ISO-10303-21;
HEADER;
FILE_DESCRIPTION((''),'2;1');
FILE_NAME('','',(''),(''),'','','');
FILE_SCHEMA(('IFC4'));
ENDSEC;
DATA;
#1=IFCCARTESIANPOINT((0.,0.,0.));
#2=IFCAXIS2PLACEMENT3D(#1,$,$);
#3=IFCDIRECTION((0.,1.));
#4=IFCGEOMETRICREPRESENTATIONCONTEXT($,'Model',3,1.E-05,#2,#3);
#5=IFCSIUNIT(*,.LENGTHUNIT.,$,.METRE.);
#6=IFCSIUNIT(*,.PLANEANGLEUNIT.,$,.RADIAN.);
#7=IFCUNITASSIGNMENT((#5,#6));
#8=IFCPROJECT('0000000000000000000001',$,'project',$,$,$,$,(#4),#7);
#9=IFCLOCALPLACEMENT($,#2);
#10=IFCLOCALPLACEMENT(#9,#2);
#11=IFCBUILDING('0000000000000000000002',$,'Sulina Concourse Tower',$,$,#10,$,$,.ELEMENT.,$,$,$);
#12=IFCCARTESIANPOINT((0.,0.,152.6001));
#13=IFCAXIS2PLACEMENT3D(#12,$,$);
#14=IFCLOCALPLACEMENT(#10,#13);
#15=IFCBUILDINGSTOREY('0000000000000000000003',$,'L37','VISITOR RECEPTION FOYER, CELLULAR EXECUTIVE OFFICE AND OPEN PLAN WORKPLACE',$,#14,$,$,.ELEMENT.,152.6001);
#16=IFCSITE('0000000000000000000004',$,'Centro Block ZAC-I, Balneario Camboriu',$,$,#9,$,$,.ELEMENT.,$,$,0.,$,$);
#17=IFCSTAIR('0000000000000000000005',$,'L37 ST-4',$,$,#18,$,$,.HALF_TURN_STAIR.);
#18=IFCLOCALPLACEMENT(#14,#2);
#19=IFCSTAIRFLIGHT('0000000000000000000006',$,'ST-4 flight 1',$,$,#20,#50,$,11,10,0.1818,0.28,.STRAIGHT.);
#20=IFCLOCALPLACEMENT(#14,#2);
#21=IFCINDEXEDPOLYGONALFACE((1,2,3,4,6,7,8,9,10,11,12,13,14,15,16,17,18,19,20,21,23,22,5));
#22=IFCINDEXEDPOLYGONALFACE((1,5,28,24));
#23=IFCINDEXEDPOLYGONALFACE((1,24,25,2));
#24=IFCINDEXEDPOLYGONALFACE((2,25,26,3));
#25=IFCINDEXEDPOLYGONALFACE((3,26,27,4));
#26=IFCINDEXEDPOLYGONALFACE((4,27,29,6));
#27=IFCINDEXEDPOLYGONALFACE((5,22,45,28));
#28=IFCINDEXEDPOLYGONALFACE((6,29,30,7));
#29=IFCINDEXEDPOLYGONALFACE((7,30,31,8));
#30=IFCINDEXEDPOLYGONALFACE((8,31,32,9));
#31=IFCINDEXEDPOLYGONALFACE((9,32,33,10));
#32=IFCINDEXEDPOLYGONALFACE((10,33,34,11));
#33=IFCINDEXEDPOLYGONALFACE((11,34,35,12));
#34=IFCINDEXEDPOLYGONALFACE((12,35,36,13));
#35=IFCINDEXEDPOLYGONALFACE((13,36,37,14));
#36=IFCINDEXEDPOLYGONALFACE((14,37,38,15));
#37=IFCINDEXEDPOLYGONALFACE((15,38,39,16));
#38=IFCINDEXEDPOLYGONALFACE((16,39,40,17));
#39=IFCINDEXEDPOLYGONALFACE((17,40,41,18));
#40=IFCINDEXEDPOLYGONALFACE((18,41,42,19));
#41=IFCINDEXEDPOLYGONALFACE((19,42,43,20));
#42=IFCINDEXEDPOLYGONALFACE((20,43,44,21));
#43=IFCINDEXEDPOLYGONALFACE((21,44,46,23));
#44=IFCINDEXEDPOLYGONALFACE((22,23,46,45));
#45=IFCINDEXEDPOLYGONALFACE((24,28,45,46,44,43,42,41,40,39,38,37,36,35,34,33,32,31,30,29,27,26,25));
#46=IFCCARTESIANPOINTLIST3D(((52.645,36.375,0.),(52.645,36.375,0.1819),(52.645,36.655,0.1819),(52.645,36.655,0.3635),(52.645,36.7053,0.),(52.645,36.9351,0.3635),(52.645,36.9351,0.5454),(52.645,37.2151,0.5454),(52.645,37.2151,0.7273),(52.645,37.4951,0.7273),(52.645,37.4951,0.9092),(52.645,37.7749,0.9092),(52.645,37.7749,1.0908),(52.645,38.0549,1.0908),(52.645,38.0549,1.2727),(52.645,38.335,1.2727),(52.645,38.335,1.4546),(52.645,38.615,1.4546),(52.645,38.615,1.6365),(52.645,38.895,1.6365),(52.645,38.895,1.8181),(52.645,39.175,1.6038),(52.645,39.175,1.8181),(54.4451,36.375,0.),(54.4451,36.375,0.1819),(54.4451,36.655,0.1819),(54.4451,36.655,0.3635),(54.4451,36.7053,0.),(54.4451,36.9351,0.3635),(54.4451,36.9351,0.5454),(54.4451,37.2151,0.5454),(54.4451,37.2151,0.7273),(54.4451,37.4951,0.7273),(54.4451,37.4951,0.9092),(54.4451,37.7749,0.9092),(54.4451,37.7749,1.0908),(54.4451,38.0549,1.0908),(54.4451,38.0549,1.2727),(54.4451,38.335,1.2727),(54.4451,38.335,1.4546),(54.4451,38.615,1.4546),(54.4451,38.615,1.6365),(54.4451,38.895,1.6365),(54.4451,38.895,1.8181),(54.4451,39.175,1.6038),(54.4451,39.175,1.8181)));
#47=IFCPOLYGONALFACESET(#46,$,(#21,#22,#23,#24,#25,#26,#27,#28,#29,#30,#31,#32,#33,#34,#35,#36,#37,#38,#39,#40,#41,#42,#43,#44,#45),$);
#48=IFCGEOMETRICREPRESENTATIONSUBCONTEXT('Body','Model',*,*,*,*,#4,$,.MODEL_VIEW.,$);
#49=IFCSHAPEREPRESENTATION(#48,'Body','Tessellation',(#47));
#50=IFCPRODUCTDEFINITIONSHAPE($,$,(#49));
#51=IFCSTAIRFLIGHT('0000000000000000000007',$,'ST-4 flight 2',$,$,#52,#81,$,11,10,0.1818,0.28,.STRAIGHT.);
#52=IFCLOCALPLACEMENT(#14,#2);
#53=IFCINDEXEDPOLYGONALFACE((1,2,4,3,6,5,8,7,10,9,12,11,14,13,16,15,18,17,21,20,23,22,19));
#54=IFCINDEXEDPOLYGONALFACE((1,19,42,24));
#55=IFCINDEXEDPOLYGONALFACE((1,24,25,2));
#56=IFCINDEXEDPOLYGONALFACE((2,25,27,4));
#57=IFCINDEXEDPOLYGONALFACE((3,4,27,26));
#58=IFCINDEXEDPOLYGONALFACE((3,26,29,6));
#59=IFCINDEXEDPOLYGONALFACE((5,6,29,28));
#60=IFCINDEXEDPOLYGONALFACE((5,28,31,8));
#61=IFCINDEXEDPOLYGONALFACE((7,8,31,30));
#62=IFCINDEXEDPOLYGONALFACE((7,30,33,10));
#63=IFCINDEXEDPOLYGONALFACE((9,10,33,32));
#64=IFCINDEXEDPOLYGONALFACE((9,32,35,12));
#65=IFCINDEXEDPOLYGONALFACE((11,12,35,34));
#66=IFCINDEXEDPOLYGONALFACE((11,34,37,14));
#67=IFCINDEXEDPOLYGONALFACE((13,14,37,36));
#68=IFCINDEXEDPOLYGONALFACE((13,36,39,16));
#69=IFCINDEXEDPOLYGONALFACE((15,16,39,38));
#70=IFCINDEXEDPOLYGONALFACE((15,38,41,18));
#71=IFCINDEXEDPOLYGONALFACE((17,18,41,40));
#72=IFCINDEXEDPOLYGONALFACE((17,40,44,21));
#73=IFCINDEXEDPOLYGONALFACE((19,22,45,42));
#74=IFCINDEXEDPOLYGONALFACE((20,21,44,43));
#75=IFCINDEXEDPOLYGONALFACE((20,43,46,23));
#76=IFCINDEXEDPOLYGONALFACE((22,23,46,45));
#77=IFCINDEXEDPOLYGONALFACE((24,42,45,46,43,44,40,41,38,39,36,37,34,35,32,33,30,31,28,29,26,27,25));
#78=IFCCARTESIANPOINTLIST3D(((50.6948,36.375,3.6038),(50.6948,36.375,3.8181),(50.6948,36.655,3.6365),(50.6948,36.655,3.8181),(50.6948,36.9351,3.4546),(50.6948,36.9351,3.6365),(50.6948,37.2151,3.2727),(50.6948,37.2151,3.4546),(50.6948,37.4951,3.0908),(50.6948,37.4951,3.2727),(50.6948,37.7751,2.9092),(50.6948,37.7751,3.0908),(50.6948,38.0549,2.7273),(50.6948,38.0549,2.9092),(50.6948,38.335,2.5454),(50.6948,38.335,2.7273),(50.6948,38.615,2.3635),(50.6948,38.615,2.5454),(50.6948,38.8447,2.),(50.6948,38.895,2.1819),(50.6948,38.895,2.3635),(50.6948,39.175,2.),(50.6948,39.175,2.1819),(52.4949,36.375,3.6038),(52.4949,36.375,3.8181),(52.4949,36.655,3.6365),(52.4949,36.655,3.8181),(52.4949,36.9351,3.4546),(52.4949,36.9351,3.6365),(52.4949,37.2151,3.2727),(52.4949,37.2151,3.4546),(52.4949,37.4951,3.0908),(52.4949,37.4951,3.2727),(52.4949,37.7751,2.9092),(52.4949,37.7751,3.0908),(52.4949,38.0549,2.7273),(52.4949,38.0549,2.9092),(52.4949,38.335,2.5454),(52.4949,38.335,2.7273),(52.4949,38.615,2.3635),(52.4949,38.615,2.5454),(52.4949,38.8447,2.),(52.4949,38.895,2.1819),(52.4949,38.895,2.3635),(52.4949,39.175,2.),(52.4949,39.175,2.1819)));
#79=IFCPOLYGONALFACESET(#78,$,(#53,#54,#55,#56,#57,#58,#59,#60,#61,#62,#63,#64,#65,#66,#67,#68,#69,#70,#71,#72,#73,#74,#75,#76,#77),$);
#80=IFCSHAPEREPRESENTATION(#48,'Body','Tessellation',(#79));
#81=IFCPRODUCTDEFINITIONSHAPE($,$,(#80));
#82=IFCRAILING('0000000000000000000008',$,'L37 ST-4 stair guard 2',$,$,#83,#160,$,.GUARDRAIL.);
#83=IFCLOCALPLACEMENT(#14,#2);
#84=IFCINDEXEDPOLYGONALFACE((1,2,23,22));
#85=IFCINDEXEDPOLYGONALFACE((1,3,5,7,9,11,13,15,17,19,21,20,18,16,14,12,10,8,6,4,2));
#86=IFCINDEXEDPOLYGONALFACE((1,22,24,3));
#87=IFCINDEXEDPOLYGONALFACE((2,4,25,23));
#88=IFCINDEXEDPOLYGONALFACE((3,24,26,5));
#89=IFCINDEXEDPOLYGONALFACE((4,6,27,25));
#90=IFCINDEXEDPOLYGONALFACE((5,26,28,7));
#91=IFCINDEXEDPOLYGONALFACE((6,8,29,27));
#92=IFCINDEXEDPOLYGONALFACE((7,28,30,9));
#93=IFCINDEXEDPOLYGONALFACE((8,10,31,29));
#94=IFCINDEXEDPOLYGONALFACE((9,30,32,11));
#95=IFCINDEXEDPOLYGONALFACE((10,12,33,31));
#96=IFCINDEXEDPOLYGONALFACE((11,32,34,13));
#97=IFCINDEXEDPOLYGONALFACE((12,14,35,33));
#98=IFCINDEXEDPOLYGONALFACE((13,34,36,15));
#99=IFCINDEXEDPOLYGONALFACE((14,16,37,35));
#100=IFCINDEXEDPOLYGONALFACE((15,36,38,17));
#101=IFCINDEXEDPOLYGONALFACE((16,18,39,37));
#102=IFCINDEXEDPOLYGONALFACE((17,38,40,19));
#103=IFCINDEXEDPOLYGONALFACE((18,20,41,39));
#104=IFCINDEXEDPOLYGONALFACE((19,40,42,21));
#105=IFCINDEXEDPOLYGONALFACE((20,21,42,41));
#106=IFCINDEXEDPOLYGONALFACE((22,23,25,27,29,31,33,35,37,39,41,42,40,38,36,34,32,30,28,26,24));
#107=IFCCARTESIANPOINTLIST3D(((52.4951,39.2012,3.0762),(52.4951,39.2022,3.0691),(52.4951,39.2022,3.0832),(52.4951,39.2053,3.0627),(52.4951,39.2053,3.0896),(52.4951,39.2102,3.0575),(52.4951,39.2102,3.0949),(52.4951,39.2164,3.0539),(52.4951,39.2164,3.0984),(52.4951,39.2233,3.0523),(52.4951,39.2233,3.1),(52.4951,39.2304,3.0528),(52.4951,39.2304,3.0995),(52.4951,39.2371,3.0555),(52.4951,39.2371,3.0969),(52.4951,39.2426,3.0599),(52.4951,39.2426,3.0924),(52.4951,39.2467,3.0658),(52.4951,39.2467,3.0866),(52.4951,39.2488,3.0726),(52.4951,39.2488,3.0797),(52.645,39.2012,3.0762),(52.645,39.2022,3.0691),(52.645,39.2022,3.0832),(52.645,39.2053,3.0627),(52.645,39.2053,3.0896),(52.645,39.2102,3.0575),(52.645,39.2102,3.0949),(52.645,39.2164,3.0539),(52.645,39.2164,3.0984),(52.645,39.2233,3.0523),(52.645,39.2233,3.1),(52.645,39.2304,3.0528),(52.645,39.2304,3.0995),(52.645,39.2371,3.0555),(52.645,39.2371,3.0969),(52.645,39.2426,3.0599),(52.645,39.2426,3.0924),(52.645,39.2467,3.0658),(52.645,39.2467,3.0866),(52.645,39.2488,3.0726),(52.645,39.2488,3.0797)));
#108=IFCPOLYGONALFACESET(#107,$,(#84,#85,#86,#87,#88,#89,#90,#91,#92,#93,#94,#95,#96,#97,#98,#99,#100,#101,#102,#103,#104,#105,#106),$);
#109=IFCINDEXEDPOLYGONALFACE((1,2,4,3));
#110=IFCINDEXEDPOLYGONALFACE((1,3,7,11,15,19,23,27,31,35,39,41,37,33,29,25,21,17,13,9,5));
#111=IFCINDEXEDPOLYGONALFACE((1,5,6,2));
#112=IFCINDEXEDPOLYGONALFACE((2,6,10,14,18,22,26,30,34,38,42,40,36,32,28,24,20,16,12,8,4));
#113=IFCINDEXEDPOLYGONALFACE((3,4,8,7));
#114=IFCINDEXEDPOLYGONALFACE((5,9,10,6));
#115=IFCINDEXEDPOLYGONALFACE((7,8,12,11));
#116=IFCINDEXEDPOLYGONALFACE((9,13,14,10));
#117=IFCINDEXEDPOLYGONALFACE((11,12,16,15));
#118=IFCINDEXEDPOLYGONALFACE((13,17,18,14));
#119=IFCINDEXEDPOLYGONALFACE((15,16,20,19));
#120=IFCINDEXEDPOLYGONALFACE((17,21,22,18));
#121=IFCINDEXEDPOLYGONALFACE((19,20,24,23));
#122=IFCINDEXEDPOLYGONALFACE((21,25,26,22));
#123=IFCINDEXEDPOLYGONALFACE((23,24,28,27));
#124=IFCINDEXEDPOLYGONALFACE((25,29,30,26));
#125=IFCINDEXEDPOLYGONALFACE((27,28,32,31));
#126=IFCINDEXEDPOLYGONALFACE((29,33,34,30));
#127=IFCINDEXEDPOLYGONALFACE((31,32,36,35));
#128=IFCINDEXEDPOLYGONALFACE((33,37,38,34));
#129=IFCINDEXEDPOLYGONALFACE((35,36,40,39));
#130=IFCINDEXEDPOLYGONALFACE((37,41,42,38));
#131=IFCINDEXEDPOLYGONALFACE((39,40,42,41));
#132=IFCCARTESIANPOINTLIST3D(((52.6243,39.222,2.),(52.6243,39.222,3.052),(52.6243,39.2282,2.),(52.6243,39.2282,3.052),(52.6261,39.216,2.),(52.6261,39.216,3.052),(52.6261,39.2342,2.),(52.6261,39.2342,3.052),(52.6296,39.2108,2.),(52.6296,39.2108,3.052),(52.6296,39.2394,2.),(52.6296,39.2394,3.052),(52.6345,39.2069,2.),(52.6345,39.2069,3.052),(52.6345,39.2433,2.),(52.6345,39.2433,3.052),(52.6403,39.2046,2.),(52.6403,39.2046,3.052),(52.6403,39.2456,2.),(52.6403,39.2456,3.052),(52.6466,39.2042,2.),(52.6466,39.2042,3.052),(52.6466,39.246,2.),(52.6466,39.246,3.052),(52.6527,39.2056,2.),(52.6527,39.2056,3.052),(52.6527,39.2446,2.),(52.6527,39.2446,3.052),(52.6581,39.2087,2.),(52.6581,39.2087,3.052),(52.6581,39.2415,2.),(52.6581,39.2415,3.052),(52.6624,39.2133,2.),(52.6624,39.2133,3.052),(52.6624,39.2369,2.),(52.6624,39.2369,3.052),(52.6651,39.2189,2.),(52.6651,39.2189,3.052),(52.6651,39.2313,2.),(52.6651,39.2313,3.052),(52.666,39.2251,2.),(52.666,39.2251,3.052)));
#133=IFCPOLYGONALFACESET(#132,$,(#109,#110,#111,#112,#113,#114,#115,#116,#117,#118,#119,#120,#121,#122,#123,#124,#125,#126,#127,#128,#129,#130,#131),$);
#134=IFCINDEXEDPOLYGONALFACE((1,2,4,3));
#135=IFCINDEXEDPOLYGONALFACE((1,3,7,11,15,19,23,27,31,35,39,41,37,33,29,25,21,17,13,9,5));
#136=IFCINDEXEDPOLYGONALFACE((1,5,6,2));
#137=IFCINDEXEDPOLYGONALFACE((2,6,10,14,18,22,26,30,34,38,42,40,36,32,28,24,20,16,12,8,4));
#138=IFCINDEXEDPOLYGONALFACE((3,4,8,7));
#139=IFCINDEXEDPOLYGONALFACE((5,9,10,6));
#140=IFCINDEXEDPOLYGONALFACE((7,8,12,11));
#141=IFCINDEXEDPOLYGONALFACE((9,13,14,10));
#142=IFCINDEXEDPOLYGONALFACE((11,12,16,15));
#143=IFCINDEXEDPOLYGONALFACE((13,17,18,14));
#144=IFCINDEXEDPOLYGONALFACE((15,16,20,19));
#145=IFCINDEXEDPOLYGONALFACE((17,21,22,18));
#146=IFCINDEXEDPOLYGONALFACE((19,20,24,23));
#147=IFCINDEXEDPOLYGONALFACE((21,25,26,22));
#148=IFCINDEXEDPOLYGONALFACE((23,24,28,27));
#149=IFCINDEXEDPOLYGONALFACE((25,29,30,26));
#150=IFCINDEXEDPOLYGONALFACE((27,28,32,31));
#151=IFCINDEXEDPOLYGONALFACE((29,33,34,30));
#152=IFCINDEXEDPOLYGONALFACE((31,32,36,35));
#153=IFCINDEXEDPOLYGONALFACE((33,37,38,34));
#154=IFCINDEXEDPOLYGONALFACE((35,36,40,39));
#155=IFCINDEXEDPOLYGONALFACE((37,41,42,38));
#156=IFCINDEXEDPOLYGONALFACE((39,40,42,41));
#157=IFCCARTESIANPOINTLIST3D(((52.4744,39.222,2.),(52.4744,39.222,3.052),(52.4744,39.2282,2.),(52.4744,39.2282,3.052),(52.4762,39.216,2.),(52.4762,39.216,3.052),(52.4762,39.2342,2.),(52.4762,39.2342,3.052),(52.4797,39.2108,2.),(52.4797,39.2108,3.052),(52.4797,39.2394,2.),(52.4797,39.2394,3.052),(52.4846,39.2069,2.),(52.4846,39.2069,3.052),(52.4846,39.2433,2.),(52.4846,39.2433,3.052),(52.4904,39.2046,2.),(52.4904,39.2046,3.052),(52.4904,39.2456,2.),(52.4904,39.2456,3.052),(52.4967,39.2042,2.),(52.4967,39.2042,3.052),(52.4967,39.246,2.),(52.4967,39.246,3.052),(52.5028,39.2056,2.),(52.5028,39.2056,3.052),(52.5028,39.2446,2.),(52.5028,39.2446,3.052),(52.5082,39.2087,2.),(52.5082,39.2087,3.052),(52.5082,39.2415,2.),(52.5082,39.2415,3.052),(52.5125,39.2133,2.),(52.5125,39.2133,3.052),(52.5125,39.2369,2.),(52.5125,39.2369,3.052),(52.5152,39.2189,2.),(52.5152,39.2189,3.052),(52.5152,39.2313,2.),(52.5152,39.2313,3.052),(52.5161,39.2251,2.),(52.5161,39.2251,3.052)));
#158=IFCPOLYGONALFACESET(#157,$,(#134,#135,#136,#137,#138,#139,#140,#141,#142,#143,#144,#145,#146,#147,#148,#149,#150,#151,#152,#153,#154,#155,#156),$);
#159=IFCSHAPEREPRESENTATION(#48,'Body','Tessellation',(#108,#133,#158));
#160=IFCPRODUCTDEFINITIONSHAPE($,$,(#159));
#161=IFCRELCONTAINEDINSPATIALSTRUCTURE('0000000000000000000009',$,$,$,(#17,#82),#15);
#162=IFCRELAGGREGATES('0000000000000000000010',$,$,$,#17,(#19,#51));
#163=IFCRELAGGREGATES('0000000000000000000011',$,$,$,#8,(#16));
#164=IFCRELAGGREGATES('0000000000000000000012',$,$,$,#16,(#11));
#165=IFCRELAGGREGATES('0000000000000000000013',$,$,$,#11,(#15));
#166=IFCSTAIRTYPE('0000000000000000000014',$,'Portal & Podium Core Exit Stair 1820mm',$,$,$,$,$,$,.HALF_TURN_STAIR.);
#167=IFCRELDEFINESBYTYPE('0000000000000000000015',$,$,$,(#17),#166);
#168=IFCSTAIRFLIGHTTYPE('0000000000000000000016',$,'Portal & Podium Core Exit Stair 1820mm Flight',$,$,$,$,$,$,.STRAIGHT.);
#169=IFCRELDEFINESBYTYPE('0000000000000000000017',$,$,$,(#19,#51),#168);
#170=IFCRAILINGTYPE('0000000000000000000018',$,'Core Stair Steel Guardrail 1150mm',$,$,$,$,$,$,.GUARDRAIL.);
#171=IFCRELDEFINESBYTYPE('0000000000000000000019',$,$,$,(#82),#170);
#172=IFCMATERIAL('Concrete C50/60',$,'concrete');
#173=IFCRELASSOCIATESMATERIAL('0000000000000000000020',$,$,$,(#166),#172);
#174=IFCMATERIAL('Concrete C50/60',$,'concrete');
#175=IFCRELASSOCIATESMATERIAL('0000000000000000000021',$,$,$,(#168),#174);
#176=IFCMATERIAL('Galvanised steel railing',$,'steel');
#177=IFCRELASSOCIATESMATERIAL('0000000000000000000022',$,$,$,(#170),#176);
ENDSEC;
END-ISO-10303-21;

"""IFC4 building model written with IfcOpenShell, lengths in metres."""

from ifc_helpers import new_model, si_unit, direction, frame, origin, origin_2d, place, context, subcontext, project, spatial, polyline, circle, outline, extrude, material, type_object, element, aggregate, save


model = new_model("IFC4")

# Units and contexts
model_context = context("Model", 3, precision=1e-05, world=origin(), true_north=direction((0.0, 1.0)))
body_context = subcontext(model_context, "Body", "Model", "MODEL_VIEW")
ifc_project = project(units=[si_unit("LENGTHUNIT", "METRE"), si_unit("PLANEANGLEUNIT", "RADIAN")], contexts=[model_context])

# Site, building, storey
site_placement = place(None, origin())
site = spatial("IfcSite", under=ifc_project, at=site_placement, Name="Centro Block ZAC-I, Balneario Camboriu", CompositionType="ELEMENT", RefElevation=0.0)
building_placement = place(site_placement, origin())
building = spatial("IfcBuilding", under=site, at=building_placement, Name="Sulina Concourse Tower", CompositionType="ELEMENT")
storey_placement = place(building_placement, frame((0.0, 0.0, 152.6001)))
storey = spatial("IfcBuildingStorey", under=building, at=storey_placement, Name="L37", Description="VISITOR RECEPTION FOYER, CELLULAR EXECUTIVE OFFICE AND OPEN PLAN WORKPLACE", CompositionType="ELEMENT", Elevation=152.6001)

# Stair, stair flights
ifc_material_1 = material(Name="Concrete C50/60", Category="concrete")
stair_type = type_object("IfcStairType", Name="Portal & Podium Core Exit Stair 1820mm", PredefinedType="HALF_TURN_STAIR", material=ifc_material_1)
stair_placement = place(storey_placement, origin())
stair = element("IfcStair", 1, at=stair_placement, inside=storey, type_object=stair_type, Name="L37 ST-4", PredefinedType="HALF_TURN_STAIR")
ifc_material_2 = material(Name="Concrete C50/60", Category="concrete")
stair_flight_type = type_object("IfcStairFlightType", Name="Portal & Podium Core Exit Stair 1820mm Flight", PredefinedType="STRAIGHT", material=ifc_material_2)
stair_flight_1_placement = place(storey_placement, frame((53.5449, 36.375, 0.0), z_axis=(0.0, 0.0, 1.0), x_axis=(0.0, 1.0, 0.0)))
stair_flight_1 = element("IfcStairFlight", 2, at=stair_flight_1_placement, type_object=stair_flight_type, Name="ST-4 flight 1", NumberOfRisers=11, NumberOfTreads=10, PredefinedType="STRAIGHT", RiserHeight=0.1818, TreadLength=0.28, context=body_context, shape_type="SweptSolid", body=[
    extrude(outline(polyline([(0.0, 0.0), (0.0, 0.1819), (0.28, 0.1819), (0.28, 0.3635), (0.5601, 0.3635), (0.5601, 0.5454), (0.8401, 0.5454), (0.8401, 0.7273), (1.1201, 0.7273), (1.1201, 0.9092), (1.3999, 0.9092), (1.3999, 1.0908), (1.6799, 1.0908), (1.6799, 1.2727), (1.96, 1.2727), (1.96, 1.4546), (2.24, 1.4546), (2.24, 1.6365), (2.52, 1.6365), (2.52, 1.8181), (2.8, 1.8181), (2.8, 2.0), (2.8, 1.6038), (0.3303, 0.0), (0.0, 0.0)])), frame((0.0, 0.8999, 0.0), z_axis=(0.0, -1.0, 0.0), x_axis=(1.0, 0.0, 0.0)), (0.0, 0.0, 1.0), 1.8),
])
stair_flight_2_placement = place(storey_placement, frame((51.595, 39.175, 2.0), z_axis=(0.0, 0.0, 1.0), x_axis=(0.0, -1.0, 0.0)))
stair_flight_2 = element("IfcStairFlight", 3, at=stair_flight_2_placement, type_object=stair_flight_type, Name="ST-4 flight 2", NumberOfRisers=11, NumberOfTreads=10, PredefinedType="STRAIGHT", RiserHeight=0.1818, TreadLength=0.28, context=body_context, shape_type="SweptSolid", body=[
    extrude(outline(polyline([(0.0, 0.0), (0.0, 0.1819), (0.28, 0.1819), (0.28, 0.3635), (0.5601, 0.3635), (0.5601, 0.5454), (0.8401, 0.5454), (0.8401, 0.7273), (1.1201, 0.7273), (1.1201, 0.9092), (1.3999, 0.9092), (1.3999, 1.0908), (1.6799, 1.0908), (1.6799, 1.2727), (1.96, 1.2727), (1.96, 1.4546), (2.24, 1.4546), (2.24, 1.6365), (2.52, 1.6365), (2.52, 1.8181), (2.8, 1.8181), (2.8, 2.0), (2.8, 1.6038), (0.3303, 0.0), (0.0, 0.0)])), frame((0.0, 0.8999, 0.0), z_axis=(0.0, -1.0, 0.0), x_axis=(1.0, 0.0, 0.0)), (0.0, 0.0, 1.0), 1.8),
])
aggregate(stair, [stair_flight_1, stair_flight_2])

# Railing
ifc_material_3 = material(Name="Galvanised steel railing", Category="steel")
railing_type_1 = type_object("IfcRailingType", Name="Core Stair Steel Guardrail 1150mm", PredefinedType="GUARDRAIL", material=ifc_material_3)
railing_1_placement = place(storey_placement, frame((52.645, 39.2251, 2.0)))
element("IfcRailing", 4, at=railing_1_placement, inside=storey, type_object=railing_type_1, Name="L37 ST-4 stair guard 2", PredefinedType="GUARDRAIL", context=body_context, shape_type="SweptSolid", body=[
    extrude(circle(Radius=0.0239, at=origin_2d()), frame((0.0, 0.0, 1.0762), z_axis=(-1.0, 0.0, 0.0), x_axis=(0.0, -1.0, 0.0)), (0.0, 0.0, 1.0), 0.1499),
    extrude(circle(Radius=0.021, at=origin_2d()), origin(), (0.0, 0.0, 1.0), 1.052),
    extrude(circle(Radius=0.021, at=origin_2d()), frame((-0.1499, 0.0, 0.0)), (0.0, 0.0, 1.0), 1.052),
])

save(model, "model.ifc")
